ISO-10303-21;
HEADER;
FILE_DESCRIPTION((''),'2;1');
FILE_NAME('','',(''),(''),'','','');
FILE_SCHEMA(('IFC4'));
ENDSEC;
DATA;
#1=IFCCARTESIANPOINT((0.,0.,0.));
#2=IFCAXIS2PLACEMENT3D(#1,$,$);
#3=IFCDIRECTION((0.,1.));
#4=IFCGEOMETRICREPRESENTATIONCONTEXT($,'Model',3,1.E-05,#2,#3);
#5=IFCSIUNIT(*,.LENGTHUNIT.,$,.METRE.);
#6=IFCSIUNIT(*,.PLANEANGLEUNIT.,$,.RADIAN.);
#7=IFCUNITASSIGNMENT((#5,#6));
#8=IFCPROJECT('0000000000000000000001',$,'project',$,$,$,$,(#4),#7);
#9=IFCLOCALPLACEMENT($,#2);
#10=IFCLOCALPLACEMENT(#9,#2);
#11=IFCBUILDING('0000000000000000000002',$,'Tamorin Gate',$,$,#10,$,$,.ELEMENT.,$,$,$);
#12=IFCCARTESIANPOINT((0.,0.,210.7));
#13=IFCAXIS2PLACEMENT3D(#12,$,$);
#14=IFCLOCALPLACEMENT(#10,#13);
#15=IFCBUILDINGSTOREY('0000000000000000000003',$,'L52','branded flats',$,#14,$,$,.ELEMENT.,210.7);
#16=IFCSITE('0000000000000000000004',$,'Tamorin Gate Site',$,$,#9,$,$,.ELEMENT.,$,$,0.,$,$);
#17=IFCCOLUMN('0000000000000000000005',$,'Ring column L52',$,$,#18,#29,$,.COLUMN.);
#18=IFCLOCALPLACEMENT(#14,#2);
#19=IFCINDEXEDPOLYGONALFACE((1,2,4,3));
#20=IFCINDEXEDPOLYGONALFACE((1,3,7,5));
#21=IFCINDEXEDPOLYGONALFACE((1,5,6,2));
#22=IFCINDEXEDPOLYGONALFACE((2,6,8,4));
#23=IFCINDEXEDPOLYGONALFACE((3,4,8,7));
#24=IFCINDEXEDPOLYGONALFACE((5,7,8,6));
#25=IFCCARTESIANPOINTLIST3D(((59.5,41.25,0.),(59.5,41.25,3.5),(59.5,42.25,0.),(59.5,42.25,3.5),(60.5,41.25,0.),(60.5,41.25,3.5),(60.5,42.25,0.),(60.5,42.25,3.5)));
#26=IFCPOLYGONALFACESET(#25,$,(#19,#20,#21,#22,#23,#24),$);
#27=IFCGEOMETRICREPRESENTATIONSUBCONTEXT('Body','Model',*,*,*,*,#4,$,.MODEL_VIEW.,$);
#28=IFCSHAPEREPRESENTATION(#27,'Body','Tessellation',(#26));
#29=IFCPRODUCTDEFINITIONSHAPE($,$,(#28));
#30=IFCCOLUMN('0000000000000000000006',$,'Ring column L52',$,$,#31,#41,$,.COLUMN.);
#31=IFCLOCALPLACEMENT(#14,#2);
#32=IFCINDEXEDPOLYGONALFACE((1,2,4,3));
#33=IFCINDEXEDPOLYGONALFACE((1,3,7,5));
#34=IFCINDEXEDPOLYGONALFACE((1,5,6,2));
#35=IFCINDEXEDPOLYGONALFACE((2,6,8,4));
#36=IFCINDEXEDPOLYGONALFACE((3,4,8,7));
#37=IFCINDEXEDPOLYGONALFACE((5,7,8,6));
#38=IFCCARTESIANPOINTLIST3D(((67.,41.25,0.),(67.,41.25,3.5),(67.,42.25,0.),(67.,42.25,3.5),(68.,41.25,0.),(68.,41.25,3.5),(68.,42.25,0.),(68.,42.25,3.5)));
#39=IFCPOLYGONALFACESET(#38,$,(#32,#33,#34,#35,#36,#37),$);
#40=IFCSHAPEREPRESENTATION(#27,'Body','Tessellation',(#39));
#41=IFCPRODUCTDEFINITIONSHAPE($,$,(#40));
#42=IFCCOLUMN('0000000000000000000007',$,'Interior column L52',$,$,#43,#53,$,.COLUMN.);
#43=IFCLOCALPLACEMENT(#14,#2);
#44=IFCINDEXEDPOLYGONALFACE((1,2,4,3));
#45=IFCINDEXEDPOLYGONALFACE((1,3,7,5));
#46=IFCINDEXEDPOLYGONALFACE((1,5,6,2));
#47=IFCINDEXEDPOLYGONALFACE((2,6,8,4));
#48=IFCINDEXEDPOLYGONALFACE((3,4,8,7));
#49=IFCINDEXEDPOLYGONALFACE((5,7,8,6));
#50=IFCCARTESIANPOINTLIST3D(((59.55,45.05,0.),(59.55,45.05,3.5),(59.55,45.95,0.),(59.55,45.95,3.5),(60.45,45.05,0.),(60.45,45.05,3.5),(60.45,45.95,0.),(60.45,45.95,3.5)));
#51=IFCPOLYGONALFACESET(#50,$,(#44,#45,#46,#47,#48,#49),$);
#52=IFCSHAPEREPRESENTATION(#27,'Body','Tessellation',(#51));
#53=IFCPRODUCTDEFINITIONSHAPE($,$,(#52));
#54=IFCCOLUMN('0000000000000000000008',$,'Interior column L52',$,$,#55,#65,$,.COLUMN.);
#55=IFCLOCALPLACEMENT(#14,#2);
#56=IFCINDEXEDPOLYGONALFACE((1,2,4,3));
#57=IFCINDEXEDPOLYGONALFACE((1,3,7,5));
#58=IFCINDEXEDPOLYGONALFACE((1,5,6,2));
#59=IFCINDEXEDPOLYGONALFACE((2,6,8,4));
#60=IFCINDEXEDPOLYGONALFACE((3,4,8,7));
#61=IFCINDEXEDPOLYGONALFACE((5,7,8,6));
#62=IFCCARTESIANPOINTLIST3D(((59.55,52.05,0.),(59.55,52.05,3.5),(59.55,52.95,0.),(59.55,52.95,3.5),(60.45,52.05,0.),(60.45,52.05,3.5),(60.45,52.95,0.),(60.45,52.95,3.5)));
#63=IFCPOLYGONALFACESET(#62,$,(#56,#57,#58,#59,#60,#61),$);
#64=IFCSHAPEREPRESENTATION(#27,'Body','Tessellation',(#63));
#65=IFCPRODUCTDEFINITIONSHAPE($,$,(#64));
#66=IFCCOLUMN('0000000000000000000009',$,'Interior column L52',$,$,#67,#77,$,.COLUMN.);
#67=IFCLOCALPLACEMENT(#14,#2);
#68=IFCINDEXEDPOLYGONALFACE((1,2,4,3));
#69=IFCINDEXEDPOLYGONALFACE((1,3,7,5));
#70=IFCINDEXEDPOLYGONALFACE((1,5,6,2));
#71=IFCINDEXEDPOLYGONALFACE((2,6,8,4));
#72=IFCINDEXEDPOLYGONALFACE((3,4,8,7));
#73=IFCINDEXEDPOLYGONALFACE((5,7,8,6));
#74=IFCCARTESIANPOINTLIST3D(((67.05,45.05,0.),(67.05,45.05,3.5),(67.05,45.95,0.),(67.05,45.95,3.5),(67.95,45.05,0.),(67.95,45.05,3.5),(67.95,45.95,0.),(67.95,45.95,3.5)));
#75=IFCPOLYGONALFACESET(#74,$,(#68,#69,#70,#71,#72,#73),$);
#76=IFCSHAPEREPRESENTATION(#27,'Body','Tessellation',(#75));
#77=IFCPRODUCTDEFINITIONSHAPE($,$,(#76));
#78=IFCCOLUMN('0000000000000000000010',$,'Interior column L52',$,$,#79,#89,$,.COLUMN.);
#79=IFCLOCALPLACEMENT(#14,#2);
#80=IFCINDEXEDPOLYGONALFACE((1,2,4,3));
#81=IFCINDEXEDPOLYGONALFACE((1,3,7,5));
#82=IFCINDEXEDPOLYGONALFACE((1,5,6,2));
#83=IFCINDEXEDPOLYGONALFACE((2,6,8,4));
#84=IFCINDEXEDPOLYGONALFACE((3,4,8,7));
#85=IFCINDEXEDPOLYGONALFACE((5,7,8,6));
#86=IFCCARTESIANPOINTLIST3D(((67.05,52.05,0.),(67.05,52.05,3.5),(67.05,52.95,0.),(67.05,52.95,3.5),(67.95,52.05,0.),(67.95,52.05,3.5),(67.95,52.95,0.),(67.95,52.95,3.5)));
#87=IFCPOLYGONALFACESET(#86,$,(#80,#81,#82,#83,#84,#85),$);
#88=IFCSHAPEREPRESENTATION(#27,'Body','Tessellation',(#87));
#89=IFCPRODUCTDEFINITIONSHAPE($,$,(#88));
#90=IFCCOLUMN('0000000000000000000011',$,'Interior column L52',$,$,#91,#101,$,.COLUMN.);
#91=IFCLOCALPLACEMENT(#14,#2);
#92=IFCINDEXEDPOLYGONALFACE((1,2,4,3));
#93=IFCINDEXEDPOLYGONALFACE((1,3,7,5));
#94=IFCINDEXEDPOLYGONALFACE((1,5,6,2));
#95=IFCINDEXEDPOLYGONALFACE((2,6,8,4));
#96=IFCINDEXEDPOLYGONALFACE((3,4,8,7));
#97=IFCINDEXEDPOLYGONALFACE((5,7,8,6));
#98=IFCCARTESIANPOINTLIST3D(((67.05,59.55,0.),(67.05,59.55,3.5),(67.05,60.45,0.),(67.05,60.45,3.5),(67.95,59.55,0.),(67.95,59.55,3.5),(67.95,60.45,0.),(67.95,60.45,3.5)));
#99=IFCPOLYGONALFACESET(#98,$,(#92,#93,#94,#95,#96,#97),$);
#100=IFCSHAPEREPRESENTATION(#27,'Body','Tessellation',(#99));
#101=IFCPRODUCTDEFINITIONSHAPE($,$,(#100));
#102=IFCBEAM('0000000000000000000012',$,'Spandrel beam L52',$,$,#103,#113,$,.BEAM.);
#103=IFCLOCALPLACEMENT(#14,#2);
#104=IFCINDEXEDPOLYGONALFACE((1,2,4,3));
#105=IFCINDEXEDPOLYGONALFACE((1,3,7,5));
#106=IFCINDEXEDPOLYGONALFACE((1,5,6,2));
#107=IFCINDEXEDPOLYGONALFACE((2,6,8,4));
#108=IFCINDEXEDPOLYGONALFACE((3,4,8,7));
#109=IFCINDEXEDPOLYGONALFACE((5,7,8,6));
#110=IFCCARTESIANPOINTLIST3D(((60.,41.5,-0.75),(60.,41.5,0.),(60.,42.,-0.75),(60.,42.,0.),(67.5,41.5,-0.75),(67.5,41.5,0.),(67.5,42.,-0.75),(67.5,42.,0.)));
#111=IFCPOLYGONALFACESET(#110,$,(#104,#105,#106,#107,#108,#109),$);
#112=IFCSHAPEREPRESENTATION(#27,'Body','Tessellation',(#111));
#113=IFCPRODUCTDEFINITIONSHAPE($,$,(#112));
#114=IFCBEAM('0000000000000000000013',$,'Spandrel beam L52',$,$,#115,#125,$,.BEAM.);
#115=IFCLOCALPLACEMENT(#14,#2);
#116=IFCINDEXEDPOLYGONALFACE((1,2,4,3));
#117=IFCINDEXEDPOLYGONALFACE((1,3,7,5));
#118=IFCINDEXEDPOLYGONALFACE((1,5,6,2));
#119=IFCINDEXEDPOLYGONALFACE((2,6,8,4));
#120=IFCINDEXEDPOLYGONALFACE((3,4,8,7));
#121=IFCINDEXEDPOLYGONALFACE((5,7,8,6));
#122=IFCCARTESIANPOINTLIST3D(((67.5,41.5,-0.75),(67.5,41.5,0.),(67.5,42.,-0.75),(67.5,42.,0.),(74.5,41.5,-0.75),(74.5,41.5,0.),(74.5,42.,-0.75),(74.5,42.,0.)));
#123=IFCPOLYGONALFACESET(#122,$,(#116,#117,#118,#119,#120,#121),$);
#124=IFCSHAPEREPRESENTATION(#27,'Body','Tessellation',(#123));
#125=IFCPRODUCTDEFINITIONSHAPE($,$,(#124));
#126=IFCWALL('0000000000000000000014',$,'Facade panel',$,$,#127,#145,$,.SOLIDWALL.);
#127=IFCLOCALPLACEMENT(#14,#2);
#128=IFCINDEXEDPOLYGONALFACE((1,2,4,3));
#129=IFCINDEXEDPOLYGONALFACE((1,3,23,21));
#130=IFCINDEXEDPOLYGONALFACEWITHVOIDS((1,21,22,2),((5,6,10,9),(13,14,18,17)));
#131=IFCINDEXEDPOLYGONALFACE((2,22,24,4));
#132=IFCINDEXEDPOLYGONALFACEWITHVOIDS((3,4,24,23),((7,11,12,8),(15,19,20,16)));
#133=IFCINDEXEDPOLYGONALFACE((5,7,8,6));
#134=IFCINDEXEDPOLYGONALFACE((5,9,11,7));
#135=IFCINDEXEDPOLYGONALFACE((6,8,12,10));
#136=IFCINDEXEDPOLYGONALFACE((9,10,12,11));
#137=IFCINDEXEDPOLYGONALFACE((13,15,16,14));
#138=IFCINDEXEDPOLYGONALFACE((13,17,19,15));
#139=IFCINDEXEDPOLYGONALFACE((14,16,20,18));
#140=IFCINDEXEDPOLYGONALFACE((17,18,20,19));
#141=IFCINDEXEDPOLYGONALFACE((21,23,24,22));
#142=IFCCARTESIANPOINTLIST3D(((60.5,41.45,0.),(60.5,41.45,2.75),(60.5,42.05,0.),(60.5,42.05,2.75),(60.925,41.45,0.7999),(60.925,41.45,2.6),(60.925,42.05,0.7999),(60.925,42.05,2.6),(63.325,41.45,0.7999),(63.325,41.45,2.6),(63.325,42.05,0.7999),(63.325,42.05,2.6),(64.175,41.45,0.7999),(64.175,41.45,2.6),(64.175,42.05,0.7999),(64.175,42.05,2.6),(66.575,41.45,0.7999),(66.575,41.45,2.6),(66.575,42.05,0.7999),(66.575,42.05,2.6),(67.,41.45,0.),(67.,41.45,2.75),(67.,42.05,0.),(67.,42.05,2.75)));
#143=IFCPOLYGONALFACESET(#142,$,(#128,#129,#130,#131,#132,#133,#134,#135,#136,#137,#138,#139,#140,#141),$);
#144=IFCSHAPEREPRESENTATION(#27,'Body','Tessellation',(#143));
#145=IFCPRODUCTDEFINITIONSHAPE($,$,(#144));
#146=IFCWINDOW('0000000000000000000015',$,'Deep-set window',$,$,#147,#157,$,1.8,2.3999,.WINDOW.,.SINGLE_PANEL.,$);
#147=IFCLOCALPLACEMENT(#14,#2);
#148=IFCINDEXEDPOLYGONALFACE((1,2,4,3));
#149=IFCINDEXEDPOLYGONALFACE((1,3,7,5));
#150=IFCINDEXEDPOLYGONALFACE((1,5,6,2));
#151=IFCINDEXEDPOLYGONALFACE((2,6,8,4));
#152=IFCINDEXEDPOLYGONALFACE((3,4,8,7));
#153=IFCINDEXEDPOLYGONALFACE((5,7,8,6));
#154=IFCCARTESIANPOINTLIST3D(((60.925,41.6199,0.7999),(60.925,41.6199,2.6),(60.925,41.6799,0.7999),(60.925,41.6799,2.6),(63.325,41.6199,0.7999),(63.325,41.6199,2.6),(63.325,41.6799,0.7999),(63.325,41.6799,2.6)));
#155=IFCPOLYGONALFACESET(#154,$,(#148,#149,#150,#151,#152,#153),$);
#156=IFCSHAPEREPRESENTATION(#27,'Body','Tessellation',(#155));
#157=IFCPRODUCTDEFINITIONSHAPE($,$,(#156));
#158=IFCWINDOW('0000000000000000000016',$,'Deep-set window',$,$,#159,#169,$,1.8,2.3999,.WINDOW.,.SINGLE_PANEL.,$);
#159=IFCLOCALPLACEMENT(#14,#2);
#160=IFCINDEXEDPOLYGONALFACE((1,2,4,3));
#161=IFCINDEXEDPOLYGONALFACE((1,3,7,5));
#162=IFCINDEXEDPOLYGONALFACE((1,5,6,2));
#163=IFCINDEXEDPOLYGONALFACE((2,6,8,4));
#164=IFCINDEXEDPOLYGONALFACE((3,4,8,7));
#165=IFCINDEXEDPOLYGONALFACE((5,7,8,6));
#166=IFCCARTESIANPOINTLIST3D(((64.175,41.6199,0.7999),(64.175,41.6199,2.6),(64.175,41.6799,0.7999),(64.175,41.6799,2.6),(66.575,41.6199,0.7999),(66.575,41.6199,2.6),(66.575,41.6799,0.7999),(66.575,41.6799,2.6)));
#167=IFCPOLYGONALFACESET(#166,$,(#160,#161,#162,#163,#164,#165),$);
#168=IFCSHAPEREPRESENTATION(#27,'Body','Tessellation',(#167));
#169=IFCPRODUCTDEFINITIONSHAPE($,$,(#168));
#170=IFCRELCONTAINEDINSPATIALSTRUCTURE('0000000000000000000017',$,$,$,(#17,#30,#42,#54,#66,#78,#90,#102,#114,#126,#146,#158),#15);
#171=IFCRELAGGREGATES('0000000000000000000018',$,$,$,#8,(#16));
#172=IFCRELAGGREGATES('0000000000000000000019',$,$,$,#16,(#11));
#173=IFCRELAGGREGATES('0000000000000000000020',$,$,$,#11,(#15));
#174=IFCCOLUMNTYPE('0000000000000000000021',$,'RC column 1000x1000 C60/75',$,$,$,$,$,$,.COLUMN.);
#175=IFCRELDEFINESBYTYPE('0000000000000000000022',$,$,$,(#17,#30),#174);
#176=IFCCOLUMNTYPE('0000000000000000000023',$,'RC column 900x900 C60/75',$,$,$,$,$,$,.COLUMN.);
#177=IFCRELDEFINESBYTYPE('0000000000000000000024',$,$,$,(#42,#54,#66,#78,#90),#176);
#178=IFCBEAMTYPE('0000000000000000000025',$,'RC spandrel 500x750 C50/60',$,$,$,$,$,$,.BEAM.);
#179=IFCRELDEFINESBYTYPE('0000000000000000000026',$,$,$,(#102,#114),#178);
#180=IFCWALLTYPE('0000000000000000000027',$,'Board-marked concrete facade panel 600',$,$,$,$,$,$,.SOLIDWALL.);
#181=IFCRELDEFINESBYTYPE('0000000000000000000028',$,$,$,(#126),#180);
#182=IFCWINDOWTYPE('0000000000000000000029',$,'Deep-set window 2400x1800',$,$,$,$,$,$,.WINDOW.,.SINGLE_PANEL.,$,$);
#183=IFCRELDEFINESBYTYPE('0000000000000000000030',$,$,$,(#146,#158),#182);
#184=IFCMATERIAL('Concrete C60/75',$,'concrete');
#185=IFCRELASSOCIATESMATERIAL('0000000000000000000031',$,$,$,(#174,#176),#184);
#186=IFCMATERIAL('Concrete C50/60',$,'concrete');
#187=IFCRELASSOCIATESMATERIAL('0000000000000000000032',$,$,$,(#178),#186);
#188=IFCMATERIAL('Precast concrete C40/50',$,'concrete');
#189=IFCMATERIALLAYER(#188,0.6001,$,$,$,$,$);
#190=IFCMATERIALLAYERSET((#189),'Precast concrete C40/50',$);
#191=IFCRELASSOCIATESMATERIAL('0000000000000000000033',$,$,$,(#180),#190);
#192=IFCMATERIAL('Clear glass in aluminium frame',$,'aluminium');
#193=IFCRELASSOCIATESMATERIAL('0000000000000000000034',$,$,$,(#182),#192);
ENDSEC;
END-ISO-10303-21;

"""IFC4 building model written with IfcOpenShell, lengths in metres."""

from ifc_helpers import new_model, si_unit, direction, frame, frame_2d, origin, origin_2d, place, context, subcontext, project, spatial, rectangle, extrude, material, layer, layer_set, material_profile, profile_set, type_object, element, fill, save


model = new_model("IFC4")

# Units and contexts
model_context = context("Model", 3, precision=1e-05, world=origin(), true_north=direction((0.0, 1.0)))
body_context = subcontext(model_context, "Body", "Model", "MODEL_VIEW")
ifc_project = project(units=[si_unit("LENGTHUNIT", "METRE"), si_unit("PLANEANGLEUNIT", "RADIAN")], contexts=[model_context])

# Site, building, storey
site_placement = place(None, origin())
site = spatial("IfcSite", under=ifc_project, at=site_placement, Name="Tamorin Gate Site", CompositionType="ELEMENT", RefElevation=0.0)
building_placement = place(site_placement, origin())
building = spatial("IfcBuilding", under=site, at=building_placement, Name="Tamorin Gate", CompositionType="ELEMENT")
storey_placement = place(building_placement, frame((0.0, 0.0, 210.7)))
storey = spatial("IfcBuildingStorey", under=building, at=storey_placement, Name="L52", Description="branded flats", CompositionType="ELEMENT", Elevation=210.7)

# Columns
ifc_material_1 = material(Name="Concrete C60/75", Category="concrete")
ifc_material_profile_1 = material_profile(ifc_material_1, rectangle(XDim=1.0, YDim=1.0, at=origin_2d()), Name="RC 1000x1000")
ifc_profile_set_1 = profile_set([ifc_material_profile_1], Name="Concrete C60/75")
column_type_1 = type_object("IfcColumnType", Name="RC column 1000x1000 C60/75", PredefinedType="COLUMN", material=ifc_profile_set_1)
for number, where, z_axis, x_axis, name in (
    (1, (60.0, 41.75, 0.0), (0.0, 0.0, 1.0), (1.0, 0.0, 0.0), "Ring column L52"),
    (2, (67.5, 41.75, 0.0), (0.0, 0.0, 1.0), (1.0, 0.0, 0.0), "Ring column L52"),
):
    element("IfcColumn", number, at=place(storey_placement, frame(where, z_axis=z_axis, x_axis=x_axis)), inside=storey, type_object=column_type_1, Name=name, PredefinedType="COLUMN", context=body_context, shape_type="SweptSolid", body=[
        extrude(rectangle(XDim=1.0, YDim=1.0, at=origin_2d()), origin(), (0.0, 0.0, 1.0), 3.5),
    ])
ifc_material_profile_2 = material_profile(ifc_material_1, rectangle(XDim=0.8999, YDim=0.8999, at=origin_2d()), Name="RC 900x900")
ifc_profile_set_2 = profile_set([ifc_material_profile_2], Name="Concrete C60/75")
column_type_2 = type_object("IfcColumnType", Name="RC column 900x900 C60/75", PredefinedType="COLUMN", material=ifc_profile_set_2)
for number, where, z_axis, x_axis, name in (
    (3, (60.0, 45.5, 0.0), (0.0, 0.0, 1.0), (1.0, 0.0, 0.0), "Interior column L52"),
    (4, (60.0, 52.5, 0.0), (0.0, 0.0, 1.0), (1.0, 0.0, 0.0), "Interior column L52"),
    (5, (67.5, 45.5, 0.0), (0.0, 0.0, 1.0), (1.0, 0.0, 0.0), "Interior column L52"),
    (6, (67.5, 52.5, 0.0), (0.0, 0.0, 1.0), (1.0, 0.0, 0.0), "Interior column L52"),
    (7, (67.5, 60.0, 0.0), (0.0, 0.0, 1.0), (1.0, 0.0, 0.0), "Interior column L52"),
):
    element("IfcColumn", number, at=place(storey_placement, frame(where, z_axis=z_axis, x_axis=x_axis)), inside=storey, type_object=column_type_2, Name=name, PredefinedType="COLUMN", context=body_context, shape_type="SweptSolid", body=[
        extrude(rectangle(XDim=0.8999, YDim=0.8999, at=origin_2d()), origin(), (0.0, 0.0, 1.0), 3.5),
    ])

# Beams
ifc_material_2 = material(Name="Concrete C50/60", Category="concrete")
ifc_material_profile_3 = material_profile(ifc_material_2, rectangle(XDim=0.5, YDim=0.75, at=origin_2d()), Name="RC 500x750")
ifc_profile_set_3 = profile_set([ifc_material_profile_3], Name="Concrete C50/60")
beam_type = type_object("IfcBeamType", Name="RC spandrel 500x750 C50/60", PredefinedType="BEAM", material=ifc_profile_set_3)
beam_1_placement = place(storey_placement, frame((60.0, 41.75, -0.375), z_axis=(1.0, 0.0, 0.0), x_axis=(0.0, 1.0, 0.0)))
element("IfcBeam", 8, at=beam_1_placement, inside=storey, type_object=beam_type, Name="Spandrel beam L52", PredefinedType="BEAM", context=body_context, shape_type="SweptSolid", body=[
    extrude(rectangle(XDim=0.5, YDim=0.75, at=origin_2d()), origin(), (0.0, 0.0, 1.0), 7.5),
])
beam_2_placement = place(storey_placement, frame((67.5, 41.75, -0.375), z_axis=(1.0, 0.0, 0.0), x_axis=(0.0, 1.0, 0.0)))
element("IfcBeam", 9, at=beam_2_placement, inside=storey, type_object=beam_type, Name="Spandrel beam L52", PredefinedType="BEAM", context=body_context, shape_type="SweptSolid", body=[
    extrude(rectangle(XDim=0.5, YDim=0.75, at=origin_2d()), origin(), (0.0, 0.0, 1.0), 7.0),
])

# Wall, openings, windows
ifc_material_3 = material(Name="Precast concrete C40/50", Category="concrete")
ifc_layer_1 = layer(ifc_material_3, 0.6001)
ifc_layer_set_1 = layer_set([ifc_layer_1], Name="Precast concrete C40/50")
wall_type_1 = type_object("IfcWallType", Name="Board-marked concrete facade panel 600", PredefinedType="SOLIDWALL", material=ifc_layer_set_1)
wall_1_placement = place(storey_placement, frame((60.5, 41.75, 0.0), z_axis=(0.0, 0.0, 1.0), x_axis=(1.0, 0.0, 0.0)))
wall_1 = element("IfcWall", 10, at=wall_1_placement, inside=storey, type_object=wall_type_1, Name="Facade panel", PredefinedType="SOLIDWALL", context=body_context, shape_type="SweptSolid", body=[
    extrude(rectangle(XDim=6.5, YDim=0.6001, at=frame_2d((3.25, 0.0))), origin(), (0.0, 0.0, 1.0), 2.75),
])
opening_1_placement = place(wall_1_placement, frame((0.425, 0.0, 0.8)))
opening_1 = element("IfcOpeningElement", 11, at=opening_1_placement, cuts=wall_1, PredefinedType="OPENING", context=body_context, shape_type="SweptSolid", body=[
    extrude(rectangle(XDim=2.3999, YDim=1.8, at=frame_2d((1.2, 0.8999))), frame((0.0, 0.3101, 0.0), z_axis=(0.0, -1.0, 0.0), x_axis=(1.0, 0.0, 0.0)), (0.0, 0.0, 1.0), 0.6201),
])
opening_2_placement = place(wall_1_placement, frame((3.675, 0.0, 0.8)))
opening_2 = element("IfcOpeningElement", 12, at=opening_2_placement, cuts=wall_1, PredefinedType="OPENING", context=body_context, shape_type="SweptSolid", body=[
    extrude(rectangle(XDim=2.3999, YDim=1.8, at=frame_2d((1.2, 0.8999))), frame((0.0, 0.3101, 0.0), z_axis=(0.0, -1.0, 0.0), x_axis=(1.0, 0.0, 0.0)), (0.0, 0.0, 1.0), 0.6201),
])
ifc_material_4 = material(Name="Clear glass in aluminium frame", Category="aluminium")
window_type = type_object("IfcWindowType", Name="Deep-set window 2400x1800", PartitioningType="SINGLE_PANEL", PredefinedType="WINDOW", material=ifc_material_4)
window_1_placement = place(opening_1_placement, origin())
window_1 = element("IfcWindow", 13, at=window_1_placement, inside=storey, type_object=window_type, Name="Deep-set window", OverallHeight=1.8, OverallWidth=2.3999, PartitioningType="SINGLE_PANEL", PredefinedType="WINDOW", context=body_context, shape_type="SweptSolid", body=[
    extrude(rectangle(XDim=2.3999, YDim=1.8, at=frame_2d((1.2, 0.8999))), frame((0.0, -0.0701, 0.0), z_axis=(0.0, -1.0, 0.0), x_axis=(1.0, 0.0, 0.0)), (0.0, 0.0, 1.0), 0.0601),
])
fill(opening_1, window_1)
window_2_placement = place(opening_2_placement, origin())
window_2 = element("IfcWindow", 14, at=window_2_placement, inside=storey, type_object=window_type, Name="Deep-set window", OverallHeight=1.8, OverallWidth=2.3999, PartitioningType="SINGLE_PANEL", PredefinedType="WINDOW", context=body_context, shape_type="SweptSolid", body=[
    extrude(rectangle(XDim=2.3999, YDim=1.8, at=frame_2d((1.2, 0.8999))), frame((0.0, -0.0701, 0.0), z_axis=(0.0, -1.0, 0.0), x_axis=(1.0, 0.0, 0.0)), (0.0, 0.0, 1.0), 0.0601),
])
fill(opening_2, window_2)

save(model, "model.ifc")
